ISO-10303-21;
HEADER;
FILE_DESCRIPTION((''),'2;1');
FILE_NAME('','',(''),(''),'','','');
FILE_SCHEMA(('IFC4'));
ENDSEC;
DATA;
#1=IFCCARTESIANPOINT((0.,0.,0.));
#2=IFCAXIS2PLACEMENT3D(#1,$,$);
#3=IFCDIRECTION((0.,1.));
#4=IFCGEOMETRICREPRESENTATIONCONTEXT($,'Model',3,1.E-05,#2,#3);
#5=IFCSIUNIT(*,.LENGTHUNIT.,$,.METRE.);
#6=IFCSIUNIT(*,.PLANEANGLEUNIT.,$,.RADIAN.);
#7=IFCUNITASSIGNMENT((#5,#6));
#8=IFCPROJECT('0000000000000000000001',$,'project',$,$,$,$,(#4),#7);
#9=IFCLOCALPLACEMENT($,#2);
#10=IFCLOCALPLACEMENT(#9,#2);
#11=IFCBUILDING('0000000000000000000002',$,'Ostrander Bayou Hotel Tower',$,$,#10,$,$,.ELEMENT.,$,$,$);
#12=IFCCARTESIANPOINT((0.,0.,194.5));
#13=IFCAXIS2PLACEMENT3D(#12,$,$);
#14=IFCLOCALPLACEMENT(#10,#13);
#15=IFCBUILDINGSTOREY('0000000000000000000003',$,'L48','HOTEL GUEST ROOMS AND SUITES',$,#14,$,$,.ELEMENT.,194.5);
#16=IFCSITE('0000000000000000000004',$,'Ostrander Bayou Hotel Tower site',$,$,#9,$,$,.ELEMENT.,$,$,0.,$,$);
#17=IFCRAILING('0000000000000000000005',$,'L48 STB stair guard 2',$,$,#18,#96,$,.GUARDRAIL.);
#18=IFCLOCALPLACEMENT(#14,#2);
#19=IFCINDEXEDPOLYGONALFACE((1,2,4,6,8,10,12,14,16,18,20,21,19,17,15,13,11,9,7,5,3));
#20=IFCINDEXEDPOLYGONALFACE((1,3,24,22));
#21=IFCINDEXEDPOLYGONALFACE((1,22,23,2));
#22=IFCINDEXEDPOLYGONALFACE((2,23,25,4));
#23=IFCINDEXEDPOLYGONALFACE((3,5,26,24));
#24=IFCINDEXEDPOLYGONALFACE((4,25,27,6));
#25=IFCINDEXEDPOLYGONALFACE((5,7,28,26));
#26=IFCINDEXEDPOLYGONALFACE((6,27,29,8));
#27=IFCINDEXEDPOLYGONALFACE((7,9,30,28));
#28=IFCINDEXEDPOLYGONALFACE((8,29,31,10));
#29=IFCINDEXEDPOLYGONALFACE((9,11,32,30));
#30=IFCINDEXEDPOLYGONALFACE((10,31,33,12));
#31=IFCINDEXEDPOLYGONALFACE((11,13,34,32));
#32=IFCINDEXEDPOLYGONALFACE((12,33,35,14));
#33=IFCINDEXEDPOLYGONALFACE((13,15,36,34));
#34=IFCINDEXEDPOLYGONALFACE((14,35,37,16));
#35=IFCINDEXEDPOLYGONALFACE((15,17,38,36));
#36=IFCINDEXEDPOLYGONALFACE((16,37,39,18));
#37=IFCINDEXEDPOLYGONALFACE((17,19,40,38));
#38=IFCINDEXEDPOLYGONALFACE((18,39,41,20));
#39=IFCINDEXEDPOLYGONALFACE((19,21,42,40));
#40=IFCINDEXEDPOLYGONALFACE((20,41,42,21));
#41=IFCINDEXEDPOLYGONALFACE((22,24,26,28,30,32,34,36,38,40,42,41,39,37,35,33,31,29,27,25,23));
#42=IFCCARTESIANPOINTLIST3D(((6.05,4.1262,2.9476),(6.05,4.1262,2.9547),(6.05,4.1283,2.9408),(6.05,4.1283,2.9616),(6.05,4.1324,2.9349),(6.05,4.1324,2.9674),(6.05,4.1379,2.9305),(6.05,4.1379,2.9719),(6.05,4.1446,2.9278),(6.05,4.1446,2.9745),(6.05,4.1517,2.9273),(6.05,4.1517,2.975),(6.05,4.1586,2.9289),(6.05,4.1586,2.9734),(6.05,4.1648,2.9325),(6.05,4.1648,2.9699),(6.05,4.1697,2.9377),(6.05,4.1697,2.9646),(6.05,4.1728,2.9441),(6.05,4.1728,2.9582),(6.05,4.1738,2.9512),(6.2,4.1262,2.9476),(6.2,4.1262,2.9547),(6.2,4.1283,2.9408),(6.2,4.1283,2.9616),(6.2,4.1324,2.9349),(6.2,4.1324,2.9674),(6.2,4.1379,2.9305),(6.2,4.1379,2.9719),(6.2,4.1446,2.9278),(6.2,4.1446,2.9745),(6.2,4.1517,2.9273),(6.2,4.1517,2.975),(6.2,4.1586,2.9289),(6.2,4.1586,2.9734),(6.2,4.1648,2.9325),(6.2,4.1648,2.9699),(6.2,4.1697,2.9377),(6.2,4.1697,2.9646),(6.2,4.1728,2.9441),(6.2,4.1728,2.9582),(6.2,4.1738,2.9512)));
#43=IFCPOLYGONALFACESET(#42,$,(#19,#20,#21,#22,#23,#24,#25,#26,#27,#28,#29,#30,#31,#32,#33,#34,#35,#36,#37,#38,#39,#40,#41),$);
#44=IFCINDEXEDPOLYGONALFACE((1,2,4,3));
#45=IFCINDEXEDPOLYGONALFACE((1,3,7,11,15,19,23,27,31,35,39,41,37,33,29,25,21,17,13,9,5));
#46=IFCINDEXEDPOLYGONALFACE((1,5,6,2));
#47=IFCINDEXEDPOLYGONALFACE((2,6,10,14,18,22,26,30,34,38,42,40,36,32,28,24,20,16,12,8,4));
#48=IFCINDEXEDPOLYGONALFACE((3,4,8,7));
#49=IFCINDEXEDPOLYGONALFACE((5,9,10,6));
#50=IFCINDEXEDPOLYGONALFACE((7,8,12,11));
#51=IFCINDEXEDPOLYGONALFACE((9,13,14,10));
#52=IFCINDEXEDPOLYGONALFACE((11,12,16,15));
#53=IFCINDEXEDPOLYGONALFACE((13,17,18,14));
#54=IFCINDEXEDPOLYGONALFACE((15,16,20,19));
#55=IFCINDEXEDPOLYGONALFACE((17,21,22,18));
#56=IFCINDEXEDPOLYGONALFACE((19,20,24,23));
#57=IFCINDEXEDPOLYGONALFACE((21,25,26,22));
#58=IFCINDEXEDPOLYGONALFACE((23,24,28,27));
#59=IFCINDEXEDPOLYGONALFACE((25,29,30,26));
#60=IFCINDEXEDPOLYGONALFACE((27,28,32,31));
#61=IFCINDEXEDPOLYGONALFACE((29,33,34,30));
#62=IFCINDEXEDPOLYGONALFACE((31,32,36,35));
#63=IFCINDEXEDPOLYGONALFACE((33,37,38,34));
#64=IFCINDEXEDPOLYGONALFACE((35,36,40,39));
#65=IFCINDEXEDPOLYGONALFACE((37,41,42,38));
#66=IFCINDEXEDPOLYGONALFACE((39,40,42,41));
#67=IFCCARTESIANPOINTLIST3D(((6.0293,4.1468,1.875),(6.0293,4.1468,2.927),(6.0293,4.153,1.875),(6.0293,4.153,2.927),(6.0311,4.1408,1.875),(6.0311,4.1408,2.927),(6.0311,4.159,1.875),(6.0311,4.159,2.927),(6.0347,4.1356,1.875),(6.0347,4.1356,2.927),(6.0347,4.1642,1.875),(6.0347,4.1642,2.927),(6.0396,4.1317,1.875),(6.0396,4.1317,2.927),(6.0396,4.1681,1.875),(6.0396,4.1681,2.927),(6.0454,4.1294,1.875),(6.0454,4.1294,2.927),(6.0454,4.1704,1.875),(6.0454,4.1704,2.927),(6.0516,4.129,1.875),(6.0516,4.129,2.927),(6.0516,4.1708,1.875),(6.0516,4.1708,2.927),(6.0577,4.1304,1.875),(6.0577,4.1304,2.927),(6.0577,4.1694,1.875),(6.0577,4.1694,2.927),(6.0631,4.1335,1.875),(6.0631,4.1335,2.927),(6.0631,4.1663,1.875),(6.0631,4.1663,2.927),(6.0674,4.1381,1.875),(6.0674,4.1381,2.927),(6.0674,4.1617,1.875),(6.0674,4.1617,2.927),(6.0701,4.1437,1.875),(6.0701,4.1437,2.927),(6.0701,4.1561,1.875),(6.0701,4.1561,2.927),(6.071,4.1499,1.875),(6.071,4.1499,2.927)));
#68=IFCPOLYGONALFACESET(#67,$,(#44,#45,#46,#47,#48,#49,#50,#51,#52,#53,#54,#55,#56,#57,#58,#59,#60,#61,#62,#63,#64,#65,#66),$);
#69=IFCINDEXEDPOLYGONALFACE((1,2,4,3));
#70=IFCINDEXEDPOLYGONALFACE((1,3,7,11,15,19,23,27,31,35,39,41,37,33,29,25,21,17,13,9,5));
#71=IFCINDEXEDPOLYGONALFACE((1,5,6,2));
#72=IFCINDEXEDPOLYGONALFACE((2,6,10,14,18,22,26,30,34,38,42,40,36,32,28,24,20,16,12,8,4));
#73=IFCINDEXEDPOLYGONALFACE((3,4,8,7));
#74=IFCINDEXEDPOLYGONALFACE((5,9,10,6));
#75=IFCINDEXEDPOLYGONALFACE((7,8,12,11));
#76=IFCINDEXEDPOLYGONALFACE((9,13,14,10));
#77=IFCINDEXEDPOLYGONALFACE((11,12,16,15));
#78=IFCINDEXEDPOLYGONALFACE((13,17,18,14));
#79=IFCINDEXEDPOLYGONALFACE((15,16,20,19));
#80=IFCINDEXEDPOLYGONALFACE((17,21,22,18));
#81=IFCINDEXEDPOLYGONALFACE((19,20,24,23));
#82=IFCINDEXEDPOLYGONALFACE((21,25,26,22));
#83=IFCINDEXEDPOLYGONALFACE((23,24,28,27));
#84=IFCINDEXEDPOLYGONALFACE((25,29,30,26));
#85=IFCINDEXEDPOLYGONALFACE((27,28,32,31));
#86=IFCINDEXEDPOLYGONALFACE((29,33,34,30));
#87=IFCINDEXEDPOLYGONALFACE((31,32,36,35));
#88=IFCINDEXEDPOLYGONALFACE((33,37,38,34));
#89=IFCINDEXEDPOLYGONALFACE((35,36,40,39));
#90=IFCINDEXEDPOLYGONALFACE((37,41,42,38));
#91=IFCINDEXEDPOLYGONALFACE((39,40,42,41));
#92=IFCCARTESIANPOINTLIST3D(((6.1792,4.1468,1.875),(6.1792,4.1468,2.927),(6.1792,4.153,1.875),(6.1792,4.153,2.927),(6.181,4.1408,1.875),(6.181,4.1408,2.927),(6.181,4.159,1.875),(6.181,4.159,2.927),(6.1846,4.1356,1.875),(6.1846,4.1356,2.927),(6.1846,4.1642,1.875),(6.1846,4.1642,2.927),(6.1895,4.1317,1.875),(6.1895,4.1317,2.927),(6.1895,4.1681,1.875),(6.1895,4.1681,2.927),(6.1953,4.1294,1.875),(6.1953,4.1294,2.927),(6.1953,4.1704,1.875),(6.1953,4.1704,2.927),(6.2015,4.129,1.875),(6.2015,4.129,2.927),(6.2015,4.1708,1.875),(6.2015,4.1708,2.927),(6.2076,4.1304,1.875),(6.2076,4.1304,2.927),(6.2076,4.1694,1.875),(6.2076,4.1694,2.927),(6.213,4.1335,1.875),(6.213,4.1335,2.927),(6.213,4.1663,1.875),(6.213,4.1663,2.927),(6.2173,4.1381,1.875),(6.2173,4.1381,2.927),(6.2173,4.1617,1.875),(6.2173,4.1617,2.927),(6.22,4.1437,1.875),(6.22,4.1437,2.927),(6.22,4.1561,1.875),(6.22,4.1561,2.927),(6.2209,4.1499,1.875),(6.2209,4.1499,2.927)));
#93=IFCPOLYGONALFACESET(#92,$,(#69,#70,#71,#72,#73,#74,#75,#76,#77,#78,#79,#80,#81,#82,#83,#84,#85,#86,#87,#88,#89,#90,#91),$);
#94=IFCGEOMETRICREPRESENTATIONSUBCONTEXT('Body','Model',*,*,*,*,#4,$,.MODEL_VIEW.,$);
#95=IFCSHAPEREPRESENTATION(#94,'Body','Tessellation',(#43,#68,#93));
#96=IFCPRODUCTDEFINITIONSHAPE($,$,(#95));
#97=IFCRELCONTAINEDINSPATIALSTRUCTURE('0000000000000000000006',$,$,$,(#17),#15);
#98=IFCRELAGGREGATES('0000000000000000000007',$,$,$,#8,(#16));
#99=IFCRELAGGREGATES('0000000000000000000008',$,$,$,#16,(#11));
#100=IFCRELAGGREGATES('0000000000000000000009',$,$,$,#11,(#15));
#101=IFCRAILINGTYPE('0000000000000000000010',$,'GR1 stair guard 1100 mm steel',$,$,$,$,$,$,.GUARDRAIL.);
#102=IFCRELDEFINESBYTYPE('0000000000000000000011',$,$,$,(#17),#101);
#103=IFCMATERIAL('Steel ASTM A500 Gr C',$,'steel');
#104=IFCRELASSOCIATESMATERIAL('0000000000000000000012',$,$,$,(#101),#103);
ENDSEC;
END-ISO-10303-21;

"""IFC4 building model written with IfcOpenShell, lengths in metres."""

from ifc_helpers import new_model, si_unit, direction, frame, origin, origin_2d, place, context, subcontext, project, spatial, circle, extrude, material, type_object, element, save


model = new_model("IFC4")

# Units and contexts
model_context = context("Model", 3, precision=1e-05, world=origin(), true_north=direction((0.0, 1.0)))
body_context = subcontext(model_context, "Body", "Model", "MODEL_VIEW")
ifc_project = project(units=[si_unit("LENGTHUNIT", "METRE"), si_unit("PLANEANGLEUNIT", "RADIAN")], contexts=[model_context])

# Site, building, storey
site_placement = place(None, origin())
site = spatial("IfcSite", under=ifc_project, at=site_placement, Name="Ostrander Bayou Hotel Tower site", CompositionType="ELEMENT", RefElevation=0.0)
building_placement = place(site_placement, origin())
building = spatial("IfcBuilding", under=site, at=building_placement, Name="Ostrander Bayou Hotel Tower", CompositionType="ELEMENT")
storey_placement = place(building_placement, frame((0.0, 0.0, 194.5)))
storey = spatial("IfcBuildingStorey", under=building, at=storey_placement, Name="L48", Description="HOTEL GUEST ROOMS AND SUITES", CompositionType="ELEMENT", Elevation=194.5)

# Railing
ifc_material_1 = material(Name="Steel ASTM A500 Gr C", Category="steel")
railing_type_1 = type_object("IfcRailingType", Name="GR1 stair guard 1100 mm steel", PredefinedType="GUARDRAIL", material=ifc_material_1)
railing_1_placement = place(storey_placement, frame((6.05, 4.1499, 1.875)))
element("IfcRailing", 1, at=railing_1_placement, inside=storey, type_object=railing_type_1, Name="L48 STB stair guard 2", PredefinedType="GUARDRAIL", context=body_context, shape_type="SweptSolid", body=[
    extrude(circle(Radius=0.0239, at=origin_2d()), frame((0.0, 0.0, 1.0762), z_axis=(1.0, 0.0, 0.0), x_axis=(0.0, 1.0, 0.0)), (0.0, 0.0, 1.0), 0.1499),
    extrude(circle(Radius=0.021, at=origin_2d()), origin(), (0.0, 0.0, 1.0), 1.052),
    extrude(circle(Radius=0.021, at=origin_2d()), frame((0.1499, 0.0, 0.0)), (0.0, 0.0, 1.0), 1.052),
])

save(model, "model.ifc")
